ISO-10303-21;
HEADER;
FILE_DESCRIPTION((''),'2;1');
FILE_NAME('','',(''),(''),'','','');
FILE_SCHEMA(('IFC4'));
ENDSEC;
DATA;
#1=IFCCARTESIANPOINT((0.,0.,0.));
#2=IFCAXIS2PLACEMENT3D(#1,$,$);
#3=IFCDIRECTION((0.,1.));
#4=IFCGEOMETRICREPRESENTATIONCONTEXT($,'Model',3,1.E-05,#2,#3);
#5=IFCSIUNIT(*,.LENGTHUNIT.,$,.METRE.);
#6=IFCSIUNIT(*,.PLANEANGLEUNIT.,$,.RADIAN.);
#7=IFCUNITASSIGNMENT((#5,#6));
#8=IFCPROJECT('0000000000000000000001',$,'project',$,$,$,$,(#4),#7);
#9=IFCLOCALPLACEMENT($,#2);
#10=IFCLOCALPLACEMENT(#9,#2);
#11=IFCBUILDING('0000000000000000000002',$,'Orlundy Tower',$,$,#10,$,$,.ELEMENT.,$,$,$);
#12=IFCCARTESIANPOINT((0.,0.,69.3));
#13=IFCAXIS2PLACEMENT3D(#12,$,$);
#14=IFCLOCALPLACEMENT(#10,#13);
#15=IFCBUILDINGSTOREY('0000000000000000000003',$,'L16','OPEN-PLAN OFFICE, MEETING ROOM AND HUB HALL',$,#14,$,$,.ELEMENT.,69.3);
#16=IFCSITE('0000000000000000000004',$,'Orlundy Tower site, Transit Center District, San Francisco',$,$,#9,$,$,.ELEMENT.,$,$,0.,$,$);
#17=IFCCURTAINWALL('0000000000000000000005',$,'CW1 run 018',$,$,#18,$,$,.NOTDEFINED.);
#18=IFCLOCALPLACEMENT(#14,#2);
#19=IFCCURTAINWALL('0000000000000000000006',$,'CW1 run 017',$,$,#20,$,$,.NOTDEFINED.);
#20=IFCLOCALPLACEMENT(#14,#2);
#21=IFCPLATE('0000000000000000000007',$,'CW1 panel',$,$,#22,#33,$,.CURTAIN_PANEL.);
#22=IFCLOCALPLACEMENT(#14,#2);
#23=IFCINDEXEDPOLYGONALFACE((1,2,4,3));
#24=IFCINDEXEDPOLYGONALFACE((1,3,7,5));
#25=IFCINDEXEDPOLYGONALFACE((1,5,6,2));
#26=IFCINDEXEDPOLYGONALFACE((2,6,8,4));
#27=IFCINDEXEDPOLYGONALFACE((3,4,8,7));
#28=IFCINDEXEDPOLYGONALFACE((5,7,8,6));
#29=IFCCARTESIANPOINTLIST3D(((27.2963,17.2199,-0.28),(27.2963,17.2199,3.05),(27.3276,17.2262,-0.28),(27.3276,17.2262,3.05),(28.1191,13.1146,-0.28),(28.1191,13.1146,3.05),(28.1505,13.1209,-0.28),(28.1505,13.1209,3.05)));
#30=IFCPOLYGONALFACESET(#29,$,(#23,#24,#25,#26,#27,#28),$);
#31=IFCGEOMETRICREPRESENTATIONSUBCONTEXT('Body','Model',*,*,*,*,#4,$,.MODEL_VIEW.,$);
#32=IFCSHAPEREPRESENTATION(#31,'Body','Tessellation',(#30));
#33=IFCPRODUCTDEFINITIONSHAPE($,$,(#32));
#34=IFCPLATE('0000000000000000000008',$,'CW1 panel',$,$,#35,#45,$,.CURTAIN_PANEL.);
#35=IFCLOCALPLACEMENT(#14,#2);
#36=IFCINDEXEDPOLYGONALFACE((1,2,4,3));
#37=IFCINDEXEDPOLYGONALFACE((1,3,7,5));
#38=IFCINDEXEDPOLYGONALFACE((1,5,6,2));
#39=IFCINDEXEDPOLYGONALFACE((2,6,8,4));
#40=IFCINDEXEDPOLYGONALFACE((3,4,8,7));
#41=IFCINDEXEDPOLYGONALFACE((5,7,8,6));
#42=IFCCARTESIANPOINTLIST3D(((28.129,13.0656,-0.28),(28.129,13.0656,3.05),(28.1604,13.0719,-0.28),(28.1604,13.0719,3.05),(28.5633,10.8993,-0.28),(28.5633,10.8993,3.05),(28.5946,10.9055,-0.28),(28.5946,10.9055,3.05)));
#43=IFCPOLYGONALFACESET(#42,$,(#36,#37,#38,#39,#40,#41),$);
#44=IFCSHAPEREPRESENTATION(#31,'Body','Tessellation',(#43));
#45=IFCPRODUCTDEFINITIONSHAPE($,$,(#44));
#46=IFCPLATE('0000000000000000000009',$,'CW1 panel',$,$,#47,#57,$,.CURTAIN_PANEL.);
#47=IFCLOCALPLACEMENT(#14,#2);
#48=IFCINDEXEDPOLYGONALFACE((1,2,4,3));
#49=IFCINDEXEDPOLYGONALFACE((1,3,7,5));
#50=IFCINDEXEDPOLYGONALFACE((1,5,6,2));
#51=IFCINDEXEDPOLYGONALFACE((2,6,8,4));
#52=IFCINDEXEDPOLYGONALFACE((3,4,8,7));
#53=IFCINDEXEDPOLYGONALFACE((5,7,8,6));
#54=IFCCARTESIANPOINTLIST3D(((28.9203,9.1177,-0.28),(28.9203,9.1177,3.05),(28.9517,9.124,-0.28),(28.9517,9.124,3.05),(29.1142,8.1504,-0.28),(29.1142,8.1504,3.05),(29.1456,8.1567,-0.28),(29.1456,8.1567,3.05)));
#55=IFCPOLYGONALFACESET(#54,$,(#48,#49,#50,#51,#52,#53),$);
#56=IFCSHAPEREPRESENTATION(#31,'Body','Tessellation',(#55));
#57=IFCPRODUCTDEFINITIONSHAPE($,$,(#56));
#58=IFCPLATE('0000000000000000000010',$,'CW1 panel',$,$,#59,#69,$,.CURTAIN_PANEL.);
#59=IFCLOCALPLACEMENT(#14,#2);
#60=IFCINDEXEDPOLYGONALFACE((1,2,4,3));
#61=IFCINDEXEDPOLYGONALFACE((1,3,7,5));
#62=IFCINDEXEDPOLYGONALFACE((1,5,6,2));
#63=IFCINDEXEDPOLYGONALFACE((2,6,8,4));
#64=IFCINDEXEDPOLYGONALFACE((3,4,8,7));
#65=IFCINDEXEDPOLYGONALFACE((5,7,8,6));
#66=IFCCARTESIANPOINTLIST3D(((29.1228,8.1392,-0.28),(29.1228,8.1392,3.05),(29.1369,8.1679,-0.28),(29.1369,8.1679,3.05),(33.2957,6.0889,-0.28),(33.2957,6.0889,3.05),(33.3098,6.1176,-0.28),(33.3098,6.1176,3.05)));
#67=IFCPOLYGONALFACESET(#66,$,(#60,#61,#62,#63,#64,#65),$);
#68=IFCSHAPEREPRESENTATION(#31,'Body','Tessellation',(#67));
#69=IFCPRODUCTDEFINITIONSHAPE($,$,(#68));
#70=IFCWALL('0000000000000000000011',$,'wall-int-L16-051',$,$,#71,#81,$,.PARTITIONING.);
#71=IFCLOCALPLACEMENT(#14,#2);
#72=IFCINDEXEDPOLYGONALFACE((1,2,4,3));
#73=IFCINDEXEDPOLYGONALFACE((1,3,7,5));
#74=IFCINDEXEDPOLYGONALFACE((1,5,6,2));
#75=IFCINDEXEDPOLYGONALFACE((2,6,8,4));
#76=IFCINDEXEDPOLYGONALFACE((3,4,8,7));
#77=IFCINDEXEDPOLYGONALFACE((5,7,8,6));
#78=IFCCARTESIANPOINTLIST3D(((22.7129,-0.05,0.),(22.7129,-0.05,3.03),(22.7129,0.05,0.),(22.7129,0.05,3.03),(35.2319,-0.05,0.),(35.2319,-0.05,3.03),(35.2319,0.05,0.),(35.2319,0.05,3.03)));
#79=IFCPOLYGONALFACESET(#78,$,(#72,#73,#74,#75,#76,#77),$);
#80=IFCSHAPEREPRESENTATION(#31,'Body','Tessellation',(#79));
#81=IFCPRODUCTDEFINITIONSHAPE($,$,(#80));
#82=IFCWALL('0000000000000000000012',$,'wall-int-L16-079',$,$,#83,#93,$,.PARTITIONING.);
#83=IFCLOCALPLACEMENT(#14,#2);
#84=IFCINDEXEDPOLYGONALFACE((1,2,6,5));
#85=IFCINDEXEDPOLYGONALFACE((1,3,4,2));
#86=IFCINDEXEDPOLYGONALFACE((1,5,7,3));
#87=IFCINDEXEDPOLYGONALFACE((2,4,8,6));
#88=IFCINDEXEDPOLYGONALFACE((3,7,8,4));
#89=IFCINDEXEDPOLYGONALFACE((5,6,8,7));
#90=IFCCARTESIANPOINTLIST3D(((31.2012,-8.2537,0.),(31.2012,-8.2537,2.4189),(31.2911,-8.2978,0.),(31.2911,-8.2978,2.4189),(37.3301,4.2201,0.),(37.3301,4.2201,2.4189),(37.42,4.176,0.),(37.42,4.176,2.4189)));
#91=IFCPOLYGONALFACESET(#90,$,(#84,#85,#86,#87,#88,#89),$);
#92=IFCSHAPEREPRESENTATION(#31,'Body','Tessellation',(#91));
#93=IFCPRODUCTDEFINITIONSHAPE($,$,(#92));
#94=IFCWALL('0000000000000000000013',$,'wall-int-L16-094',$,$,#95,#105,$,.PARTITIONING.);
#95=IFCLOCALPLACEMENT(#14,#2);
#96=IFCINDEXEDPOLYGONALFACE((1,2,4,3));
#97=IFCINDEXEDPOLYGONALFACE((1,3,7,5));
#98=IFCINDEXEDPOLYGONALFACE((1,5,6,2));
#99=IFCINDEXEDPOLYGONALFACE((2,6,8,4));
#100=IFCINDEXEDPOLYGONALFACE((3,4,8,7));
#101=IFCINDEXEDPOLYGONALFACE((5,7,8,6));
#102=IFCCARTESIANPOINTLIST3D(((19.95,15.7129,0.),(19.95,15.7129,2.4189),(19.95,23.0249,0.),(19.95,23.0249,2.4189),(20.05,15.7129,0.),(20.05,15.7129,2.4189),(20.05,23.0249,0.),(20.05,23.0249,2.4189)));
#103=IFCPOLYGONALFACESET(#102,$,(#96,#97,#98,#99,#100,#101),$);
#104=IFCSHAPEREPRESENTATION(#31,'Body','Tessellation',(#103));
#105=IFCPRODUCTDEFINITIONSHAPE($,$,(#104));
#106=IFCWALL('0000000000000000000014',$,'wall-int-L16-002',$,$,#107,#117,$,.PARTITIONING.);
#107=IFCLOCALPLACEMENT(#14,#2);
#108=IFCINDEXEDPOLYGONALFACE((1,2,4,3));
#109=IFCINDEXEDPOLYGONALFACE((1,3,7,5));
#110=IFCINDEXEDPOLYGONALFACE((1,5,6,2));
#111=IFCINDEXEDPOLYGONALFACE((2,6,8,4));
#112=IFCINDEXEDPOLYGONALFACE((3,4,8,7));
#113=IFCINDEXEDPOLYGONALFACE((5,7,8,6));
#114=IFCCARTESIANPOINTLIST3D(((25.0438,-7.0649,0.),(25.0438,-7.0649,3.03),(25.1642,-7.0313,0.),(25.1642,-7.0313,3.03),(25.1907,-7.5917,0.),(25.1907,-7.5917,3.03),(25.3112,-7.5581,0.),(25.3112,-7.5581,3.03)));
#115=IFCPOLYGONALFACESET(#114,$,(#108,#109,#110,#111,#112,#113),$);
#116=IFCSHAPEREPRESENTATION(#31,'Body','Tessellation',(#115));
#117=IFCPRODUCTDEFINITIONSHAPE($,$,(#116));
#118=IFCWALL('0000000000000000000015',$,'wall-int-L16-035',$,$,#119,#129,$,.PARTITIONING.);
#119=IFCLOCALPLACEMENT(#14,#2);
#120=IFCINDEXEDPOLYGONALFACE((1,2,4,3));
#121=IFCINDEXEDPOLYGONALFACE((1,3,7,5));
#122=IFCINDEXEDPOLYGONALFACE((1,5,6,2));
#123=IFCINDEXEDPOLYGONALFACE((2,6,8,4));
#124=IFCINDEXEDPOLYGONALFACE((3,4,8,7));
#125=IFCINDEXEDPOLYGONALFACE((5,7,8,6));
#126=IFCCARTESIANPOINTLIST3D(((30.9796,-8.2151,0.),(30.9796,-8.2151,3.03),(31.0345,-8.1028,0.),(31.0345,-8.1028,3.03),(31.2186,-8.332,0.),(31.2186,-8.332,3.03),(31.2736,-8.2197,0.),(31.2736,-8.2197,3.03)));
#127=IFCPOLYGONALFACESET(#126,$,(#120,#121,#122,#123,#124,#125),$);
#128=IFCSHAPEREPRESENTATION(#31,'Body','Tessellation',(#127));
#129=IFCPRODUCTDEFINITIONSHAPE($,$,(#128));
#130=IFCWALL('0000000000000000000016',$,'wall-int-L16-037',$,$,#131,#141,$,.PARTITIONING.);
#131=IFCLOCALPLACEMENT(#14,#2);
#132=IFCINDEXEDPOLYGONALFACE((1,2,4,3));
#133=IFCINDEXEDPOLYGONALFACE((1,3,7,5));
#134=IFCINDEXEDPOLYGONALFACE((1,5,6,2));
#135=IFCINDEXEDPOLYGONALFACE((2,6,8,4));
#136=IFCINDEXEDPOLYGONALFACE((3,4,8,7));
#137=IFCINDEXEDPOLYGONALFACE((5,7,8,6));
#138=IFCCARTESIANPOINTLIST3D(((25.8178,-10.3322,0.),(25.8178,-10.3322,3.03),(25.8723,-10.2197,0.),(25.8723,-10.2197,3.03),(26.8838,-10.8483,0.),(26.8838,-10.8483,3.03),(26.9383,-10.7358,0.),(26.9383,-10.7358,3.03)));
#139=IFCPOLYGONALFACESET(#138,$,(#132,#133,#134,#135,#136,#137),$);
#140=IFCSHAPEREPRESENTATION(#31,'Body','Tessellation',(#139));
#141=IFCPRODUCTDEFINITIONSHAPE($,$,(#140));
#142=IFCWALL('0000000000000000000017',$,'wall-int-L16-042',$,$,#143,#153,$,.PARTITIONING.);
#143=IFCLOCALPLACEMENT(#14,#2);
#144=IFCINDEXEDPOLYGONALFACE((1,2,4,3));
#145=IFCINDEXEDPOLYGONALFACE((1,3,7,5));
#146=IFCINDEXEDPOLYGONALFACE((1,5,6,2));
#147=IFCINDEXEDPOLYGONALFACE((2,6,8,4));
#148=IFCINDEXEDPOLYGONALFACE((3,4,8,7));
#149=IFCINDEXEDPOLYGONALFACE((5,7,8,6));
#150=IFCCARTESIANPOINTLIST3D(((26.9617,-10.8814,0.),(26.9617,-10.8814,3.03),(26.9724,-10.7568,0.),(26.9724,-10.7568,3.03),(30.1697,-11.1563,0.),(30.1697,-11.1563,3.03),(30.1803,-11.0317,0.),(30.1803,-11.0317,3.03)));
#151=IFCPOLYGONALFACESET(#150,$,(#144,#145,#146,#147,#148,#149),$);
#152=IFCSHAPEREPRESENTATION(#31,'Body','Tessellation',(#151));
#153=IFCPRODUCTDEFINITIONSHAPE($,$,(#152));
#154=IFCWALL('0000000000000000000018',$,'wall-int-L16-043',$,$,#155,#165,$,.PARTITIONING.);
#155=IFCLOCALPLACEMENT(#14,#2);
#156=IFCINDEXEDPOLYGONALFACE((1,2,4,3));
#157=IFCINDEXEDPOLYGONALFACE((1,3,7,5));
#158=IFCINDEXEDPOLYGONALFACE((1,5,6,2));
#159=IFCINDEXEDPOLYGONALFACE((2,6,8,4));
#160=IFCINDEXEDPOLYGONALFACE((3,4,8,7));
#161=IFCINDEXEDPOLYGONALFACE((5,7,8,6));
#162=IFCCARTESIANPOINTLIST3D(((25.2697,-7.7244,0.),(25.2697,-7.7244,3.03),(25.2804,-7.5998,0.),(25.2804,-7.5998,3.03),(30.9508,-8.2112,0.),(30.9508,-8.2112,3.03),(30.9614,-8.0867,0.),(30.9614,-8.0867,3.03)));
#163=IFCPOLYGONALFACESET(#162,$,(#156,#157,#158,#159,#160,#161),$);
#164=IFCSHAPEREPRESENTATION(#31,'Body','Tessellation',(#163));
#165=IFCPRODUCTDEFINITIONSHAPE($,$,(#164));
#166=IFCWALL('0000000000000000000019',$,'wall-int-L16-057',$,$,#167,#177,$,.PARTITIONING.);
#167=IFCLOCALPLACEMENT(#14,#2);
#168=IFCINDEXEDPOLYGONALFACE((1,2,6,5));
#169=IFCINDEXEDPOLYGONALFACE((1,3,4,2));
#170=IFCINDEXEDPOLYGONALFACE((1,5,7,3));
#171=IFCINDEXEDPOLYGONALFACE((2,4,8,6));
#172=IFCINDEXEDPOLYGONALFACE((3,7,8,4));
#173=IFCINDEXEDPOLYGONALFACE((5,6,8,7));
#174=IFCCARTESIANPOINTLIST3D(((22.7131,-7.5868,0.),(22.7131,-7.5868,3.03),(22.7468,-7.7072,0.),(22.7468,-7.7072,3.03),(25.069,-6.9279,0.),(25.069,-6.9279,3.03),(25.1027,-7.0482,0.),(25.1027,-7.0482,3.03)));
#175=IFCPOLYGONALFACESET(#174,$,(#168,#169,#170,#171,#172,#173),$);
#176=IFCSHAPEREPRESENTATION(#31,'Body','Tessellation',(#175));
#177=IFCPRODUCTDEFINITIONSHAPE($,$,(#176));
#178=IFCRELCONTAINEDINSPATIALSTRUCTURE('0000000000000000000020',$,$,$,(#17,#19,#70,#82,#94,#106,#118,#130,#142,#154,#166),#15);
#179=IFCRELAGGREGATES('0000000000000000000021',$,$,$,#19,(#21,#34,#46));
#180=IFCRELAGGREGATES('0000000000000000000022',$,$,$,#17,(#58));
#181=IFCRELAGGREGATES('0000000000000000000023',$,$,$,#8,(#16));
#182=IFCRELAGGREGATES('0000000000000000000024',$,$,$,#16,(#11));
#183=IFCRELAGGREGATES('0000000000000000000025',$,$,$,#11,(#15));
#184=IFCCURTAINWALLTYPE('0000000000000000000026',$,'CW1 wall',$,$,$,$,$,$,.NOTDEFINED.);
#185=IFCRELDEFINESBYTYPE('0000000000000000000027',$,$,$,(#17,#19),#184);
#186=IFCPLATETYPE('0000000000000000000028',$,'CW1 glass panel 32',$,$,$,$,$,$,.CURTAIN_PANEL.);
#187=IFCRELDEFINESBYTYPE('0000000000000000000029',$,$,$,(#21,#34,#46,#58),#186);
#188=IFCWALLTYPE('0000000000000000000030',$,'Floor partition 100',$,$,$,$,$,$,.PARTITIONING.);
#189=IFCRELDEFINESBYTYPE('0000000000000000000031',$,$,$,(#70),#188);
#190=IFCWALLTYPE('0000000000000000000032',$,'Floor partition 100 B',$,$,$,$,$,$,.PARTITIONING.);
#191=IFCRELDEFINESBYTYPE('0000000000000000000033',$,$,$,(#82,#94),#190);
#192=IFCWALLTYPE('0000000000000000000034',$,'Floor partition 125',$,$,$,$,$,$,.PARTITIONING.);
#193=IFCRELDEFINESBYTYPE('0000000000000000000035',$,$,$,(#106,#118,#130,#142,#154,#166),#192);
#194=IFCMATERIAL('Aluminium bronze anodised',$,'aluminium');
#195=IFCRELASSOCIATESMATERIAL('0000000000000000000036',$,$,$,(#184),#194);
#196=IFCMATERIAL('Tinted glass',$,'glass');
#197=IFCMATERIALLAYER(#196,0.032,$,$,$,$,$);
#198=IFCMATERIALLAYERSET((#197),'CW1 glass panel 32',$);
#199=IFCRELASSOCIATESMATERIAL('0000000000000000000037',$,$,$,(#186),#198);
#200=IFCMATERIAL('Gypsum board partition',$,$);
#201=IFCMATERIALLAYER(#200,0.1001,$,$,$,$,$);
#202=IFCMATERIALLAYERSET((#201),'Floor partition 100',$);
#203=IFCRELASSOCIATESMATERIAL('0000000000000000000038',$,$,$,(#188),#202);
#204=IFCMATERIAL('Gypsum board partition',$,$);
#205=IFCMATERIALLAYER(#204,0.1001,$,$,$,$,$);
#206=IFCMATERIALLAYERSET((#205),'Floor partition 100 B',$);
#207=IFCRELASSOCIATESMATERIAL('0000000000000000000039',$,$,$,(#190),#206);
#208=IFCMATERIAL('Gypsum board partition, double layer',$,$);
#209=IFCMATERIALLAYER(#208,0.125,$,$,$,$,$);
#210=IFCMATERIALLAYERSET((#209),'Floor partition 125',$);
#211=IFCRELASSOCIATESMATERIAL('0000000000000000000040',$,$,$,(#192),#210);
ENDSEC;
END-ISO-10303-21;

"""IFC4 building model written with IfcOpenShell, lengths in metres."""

from ifc_helpers import new_model, si_unit, direction, frame, frame_2d, origin, origin_2d, place, context, subcontext, project, spatial, rectangle, extrude, material, layer, layer_set, type_object, element, aggregate, save


model = new_model("IFC4")

# Units and contexts
model_context = context("Model", 3, precision=1e-05, world=origin(), true_north=direction((0.0, 1.0)))
body_context = subcontext(model_context, "Body", "Model", "MODEL_VIEW")
ifc_project = project(units=[si_unit("LENGTHUNIT", "METRE"), si_unit("PLANEANGLEUNIT", "RADIAN")], contexts=[model_context])

# Site, building, storey
site_placement = place(None, origin())
site = spatial("IfcSite", under=ifc_project, at=site_placement, Name="Orlundy Tower site, Transit Center District, San Francisco", CompositionType="ELEMENT", RefElevation=0.0)
building_placement = place(site_placement, origin())
building = spatial("IfcBuilding", under=site, at=building_placement, Name="Orlundy Tower", CompositionType="ELEMENT")
storey_placement = place(building_placement, frame((0.0, 0.0, 69.3)))
storey = spatial("IfcBuildingStorey", under=building, at=storey_placement, Name="L16", Description="OPEN-PLAN OFFICE, MEETING ROOM AND HUB HALL", CompositionType="ELEMENT", Elevation=69.3)

# Curtain walls
ifc_material_1 = material(Name="Aluminium bronze anodised", Category="aluminium")
curtain_wall_type = type_object("IfcCurtainWallType", Name="CW1 wall", PredefinedType="NOTDEFINED", material=ifc_material_1)
curtain_wall_1_placement = place(storey_placement, origin())
curtain_wall_1 = element("IfcCurtainWall", 1, at=curtain_wall_1_placement, inside=storey, type_object=curtain_wall_type, Name="CW1 run 018", PredefinedType="NOTDEFINED")
curtain_wall_2_placement = place(storey_placement, origin())
curtain_wall_2 = element("IfcCurtainWall", 2, at=curtain_wall_2_placement, inside=storey, type_object=curtain_wall_type, Name="CW1 run 017", PredefinedType="NOTDEFINED")

# Plates
ifc_material_2 = material(Name="Tinted glass", Category="glass")
ifc_layer_1 = layer(ifc_material_2, 0.032)
ifc_layer_set_1 = layer_set([ifc_layer_1], Name="CW1 glass panel 32")
plate_type = type_object("IfcPlateType", Name="CW1 glass panel 32", PredefinedType="CURTAIN_PANEL", material=ifc_layer_set_1)
plate_1_placement = place(storey_placement, frame((27.7234, 15.1704, -0.28), z_axis=(0.0, 0.0, 1.0), x_axis=(0.196529, -0.980498, 0.0)))
plate_1 = element("IfcPlate", 3, at=plate_1_placement, type_object=plate_type, Name="CW1 panel", PredefinedType="CURTAIN_PANEL", context=body_context, shape_type="SweptSolid", body=[
    extrude(rectangle(XDim=4.187, YDim=0.032, at=origin_2d()), origin(), (0.0, 0.0, 1.0), 3.3301),
])
plate_2_placement = place(storey_placement, frame((28.3618, 11.9856, -0.28), z_axis=(0.0, 0.0, 1.0), x_axis=(0.196529, -0.980498, 0.0)))
plate_2 = element("IfcPlate", 4, at=plate_2_placement, type_object=plate_type, Name="CW1 panel", PredefinedType="CURTAIN_PANEL", context=body_context, shape_type="SweptSolid", body=[
    extrude(rectangle(XDim=2.2095, YDim=0.032, at=origin_2d()), origin(), (0.0, 0.0, 1.0), 3.3301),
])
plate_3_placement = place(storey_placement, frame((29.033, 8.6372, -0.28), z_axis=(0.0, 0.0, 1.0), x_axis=(0.196529, -0.980498, 0.0)))
plate_3 = element("IfcPlate", 5, at=plate_3_placement, type_object=plate_type, Name="CW1 panel", PredefinedType="CURTAIN_PANEL", context=body_context, shape_type="SweptSolid", body=[
    extrude(rectangle(XDim=0.9866, YDim=0.032, at=origin_2d()), origin(), (0.0, 0.0, 1.0), 3.3301),
])
aggregate(curtain_wall_2, [plate_1, plate_2, plate_3])
plate_4_placement = place(storey_placement, frame((31.2163, 7.1284, -0.28), z_axis=(0.0, 0.0, 1.0), x_axis=(0.897518, -0.440978, 0.0)))
plate_4 = element("IfcPlate", 6, at=plate_4_placement, type_object=plate_type, Name="CW1 panel", PredefinedType="CURTAIN_PANEL", context=body_context, shape_type="SweptSolid", body=[
    extrude(rectangle(XDim=4.6494, YDim=0.032, at=origin_2d()), origin(), (0.0, 0.0, 1.0), 3.3301),
])
aggregate(curtain_wall_1, [plate_4])

# Walls
ifc_material_3 = material(Name="Gypsum board partition")
ifc_layer_2 = layer(ifc_material_3, 0.1001)
ifc_layer_set_2 = layer_set([ifc_layer_2], Name="Floor partition 100")
wall_type_1 = type_object("IfcWallType", Name="Floor partition 100", PredefinedType="PARTITIONING", material=ifc_layer_set_2)
wall_1_placement = place(storey_placement, frame((22.7129, 0.0, 0.0), z_axis=(0.0, 0.0, 1.0), x_axis=(1.0, 0.0, 0.0)))
element("IfcWall", 7, at=wall_1_placement, inside=storey, type_object=wall_type_1, Name="wall-int-L16-051", PredefinedType="PARTITIONING", context=body_context, shape_type="SweptSolid", body=[
    extrude(rectangle(XDim=12.519, YDim=0.1001, at=frame_2d((6.2595, 0.0))), origin(), (0.0, 0.0, 1.0), 3.03),
])
ifc_material_4 = material(Name="Gypsum board partition")
ifc_layer_3 = layer(ifc_material_4, 0.1001)
ifc_layer_set_3 = layer_set([ifc_layer_3], Name="Floor partition 100 B")
wall_type_2 = type_object("IfcWallType", Name="Floor partition 100 B", PredefinedType="PARTITIONING", material=ifc_layer_set_3)
wall_2_placement = place(storey_placement, frame((31.2461, -8.2759, 0.0), z_axis=(0.0, 0.0, 1.0), x_axis=(0.440984, 0.897515, 0.0)))
element("IfcWall", 8, at=wall_2_placement, inside=storey, type_object=wall_type_2, Name="wall-int-L16-079", PredefinedType="PARTITIONING", context=body_context, shape_type="SweptSolid", body=[
    extrude(rectangle(XDim=13.8982, YDim=0.1001, at=frame_2d((6.9492, 0.0))), origin(), (0.0, 0.0, 1.0), 2.4189),
])
wall_3_placement = place(storey_placement, frame((20.0, 15.7129, 0.0), z_axis=(0.0, 0.0, 1.0), x_axis=(0.0, 1.0, 0.0)))
element("IfcWall", 9, at=wall_3_placement, inside=storey, type_object=wall_type_2, Name="wall-int-L16-094", PredefinedType="PARTITIONING", context=body_context, shape_type="SweptSolid", body=[
    extrude(rectangle(XDim=7.312, YDim=0.1001, at=frame_2d((3.656, 0.0))), origin(), (0.0, 0.0, 1.0), 2.4189),
])
ifc_material_5 = material(Name="Gypsum board partition, double layer")
ifc_layer_4 = layer(ifc_material_5, 0.125)
ifc_layer_set_4 = layer_set([ifc_layer_4], Name="Floor partition 125")
wall_type_3 = type_object("IfcWallType", Name="Floor partition 125", PredefinedType="PARTITIONING", material=ifc_layer_set_4)
wall_4_placement = place(storey_placement, frame((25.104, -7.0481, 0.0), z_axis=(0.0, 0.0, 1.0), x_axis=(0.268703, -0.963223, 0.0)))
element("IfcWall", 10, at=wall_4_placement, inside=storey, type_object=wall_type_3, Name="wall-int-L16-002", PredefinedType="PARTITIONING", context=body_context, shape_type="SweptSolid", body=[
    extrude(rectangle(XDim=0.5469, YDim=0.125, at=frame_2d((0.2734, 0.0))), origin(), (0.0, 0.0, 1.0), 3.03),
])
wall_5_placement = place(storey_placement, frame((31.0071, -8.1589, 0.0), z_axis=(0.0, 0.0, 1.0), x_axis=(0.898248, -0.43949, 0.0)))
element("IfcWall", 11, at=wall_5_placement, inside=storey, type_object=wall_type_3, Name="wall-int-L16-035", PredefinedType="PARTITIONING", context=body_context, shape_type="SweptSolid", body=[
    extrude(rectangle(XDim=0.2661, YDim=0.125, at=frame_2d((0.1331, 0.0))), origin(), (0.0, 0.0, 1.0), 3.03),
])
wall_6_placement = place(storey_placement, frame((25.845, -10.2759, 0.0), z_axis=(0.0, 0.0, 1.0), x_axis=(0.900045, -0.435798, 0.0)))
element("IfcWall", 12, at=wall_6_placement, inside=storey, type_object=wall_type_3, Name="wall-int-L16-037", PredefinedType="PARTITIONING", context=body_context, shape_type="SweptSolid", body=[
    extrude(rectangle(XDim=1.1843, YDim=0.125, at=frame_2d((0.5923, 0.0))), origin(), (0.0, 0.0, 1.0), 3.03),
])
wall_7_placement = place(storey_placement, frame((26.967, -10.8191, 0.0), z_axis=(0.0, 0.0, 1.0), x_axis=(0.996348, -0.08538, 0.0)))
element("IfcWall", 13, at=wall_7_placement, inside=storey, type_object=wall_type_3, Name="wall-int-L16-042", PredefinedType="PARTITIONING", context=body_context, shape_type="SweptSolid", body=[
    extrude(rectangle(XDim=3.2197, YDim=0.125, at=frame_2d((1.6099, 0.0))), origin(), (0.0, 0.0, 1.0), 3.03),
])
wall_8_placement = place(storey_placement, frame((25.2749, -7.6621, 0.0), z_axis=(0.0, 0.0, 1.0), x_axis=(0.996349, -0.085377, 0.0)))
element("IfcWall", 14, at=wall_8_placement, inside=storey, type_object=wall_type_3, Name="wall-int-L16-043", PredefinedType="PARTITIONING", context=body_context, shape_type="SweptSolid", body=[
    extrude(rectangle(XDim=5.7019, YDim=0.125, at=frame_2d((2.8511, 0.0))), origin(), (0.0, 0.0, 1.0), 3.03),
])
wall_9_placement = place(storey_placement, frame((22.73, -7.647, 0.0), z_axis=(0.0, 0.0, 1.0), x_axis=(0.963042, 0.269352, 0.0)))
element("IfcWall", 15, at=wall_9_placement, inside=storey, type_object=wall_type_3, Name="wall-int-L16-057", PredefinedType="PARTITIONING", context=body_context, shape_type="SweptSolid", body=[
    extrude(rectangle(XDim=2.4463, YDim=0.125, at=frame_2d((1.2231, 0.0))), origin(), (0.0, 0.0, 1.0), 3.03),
])

save(model, "model.ifc")
